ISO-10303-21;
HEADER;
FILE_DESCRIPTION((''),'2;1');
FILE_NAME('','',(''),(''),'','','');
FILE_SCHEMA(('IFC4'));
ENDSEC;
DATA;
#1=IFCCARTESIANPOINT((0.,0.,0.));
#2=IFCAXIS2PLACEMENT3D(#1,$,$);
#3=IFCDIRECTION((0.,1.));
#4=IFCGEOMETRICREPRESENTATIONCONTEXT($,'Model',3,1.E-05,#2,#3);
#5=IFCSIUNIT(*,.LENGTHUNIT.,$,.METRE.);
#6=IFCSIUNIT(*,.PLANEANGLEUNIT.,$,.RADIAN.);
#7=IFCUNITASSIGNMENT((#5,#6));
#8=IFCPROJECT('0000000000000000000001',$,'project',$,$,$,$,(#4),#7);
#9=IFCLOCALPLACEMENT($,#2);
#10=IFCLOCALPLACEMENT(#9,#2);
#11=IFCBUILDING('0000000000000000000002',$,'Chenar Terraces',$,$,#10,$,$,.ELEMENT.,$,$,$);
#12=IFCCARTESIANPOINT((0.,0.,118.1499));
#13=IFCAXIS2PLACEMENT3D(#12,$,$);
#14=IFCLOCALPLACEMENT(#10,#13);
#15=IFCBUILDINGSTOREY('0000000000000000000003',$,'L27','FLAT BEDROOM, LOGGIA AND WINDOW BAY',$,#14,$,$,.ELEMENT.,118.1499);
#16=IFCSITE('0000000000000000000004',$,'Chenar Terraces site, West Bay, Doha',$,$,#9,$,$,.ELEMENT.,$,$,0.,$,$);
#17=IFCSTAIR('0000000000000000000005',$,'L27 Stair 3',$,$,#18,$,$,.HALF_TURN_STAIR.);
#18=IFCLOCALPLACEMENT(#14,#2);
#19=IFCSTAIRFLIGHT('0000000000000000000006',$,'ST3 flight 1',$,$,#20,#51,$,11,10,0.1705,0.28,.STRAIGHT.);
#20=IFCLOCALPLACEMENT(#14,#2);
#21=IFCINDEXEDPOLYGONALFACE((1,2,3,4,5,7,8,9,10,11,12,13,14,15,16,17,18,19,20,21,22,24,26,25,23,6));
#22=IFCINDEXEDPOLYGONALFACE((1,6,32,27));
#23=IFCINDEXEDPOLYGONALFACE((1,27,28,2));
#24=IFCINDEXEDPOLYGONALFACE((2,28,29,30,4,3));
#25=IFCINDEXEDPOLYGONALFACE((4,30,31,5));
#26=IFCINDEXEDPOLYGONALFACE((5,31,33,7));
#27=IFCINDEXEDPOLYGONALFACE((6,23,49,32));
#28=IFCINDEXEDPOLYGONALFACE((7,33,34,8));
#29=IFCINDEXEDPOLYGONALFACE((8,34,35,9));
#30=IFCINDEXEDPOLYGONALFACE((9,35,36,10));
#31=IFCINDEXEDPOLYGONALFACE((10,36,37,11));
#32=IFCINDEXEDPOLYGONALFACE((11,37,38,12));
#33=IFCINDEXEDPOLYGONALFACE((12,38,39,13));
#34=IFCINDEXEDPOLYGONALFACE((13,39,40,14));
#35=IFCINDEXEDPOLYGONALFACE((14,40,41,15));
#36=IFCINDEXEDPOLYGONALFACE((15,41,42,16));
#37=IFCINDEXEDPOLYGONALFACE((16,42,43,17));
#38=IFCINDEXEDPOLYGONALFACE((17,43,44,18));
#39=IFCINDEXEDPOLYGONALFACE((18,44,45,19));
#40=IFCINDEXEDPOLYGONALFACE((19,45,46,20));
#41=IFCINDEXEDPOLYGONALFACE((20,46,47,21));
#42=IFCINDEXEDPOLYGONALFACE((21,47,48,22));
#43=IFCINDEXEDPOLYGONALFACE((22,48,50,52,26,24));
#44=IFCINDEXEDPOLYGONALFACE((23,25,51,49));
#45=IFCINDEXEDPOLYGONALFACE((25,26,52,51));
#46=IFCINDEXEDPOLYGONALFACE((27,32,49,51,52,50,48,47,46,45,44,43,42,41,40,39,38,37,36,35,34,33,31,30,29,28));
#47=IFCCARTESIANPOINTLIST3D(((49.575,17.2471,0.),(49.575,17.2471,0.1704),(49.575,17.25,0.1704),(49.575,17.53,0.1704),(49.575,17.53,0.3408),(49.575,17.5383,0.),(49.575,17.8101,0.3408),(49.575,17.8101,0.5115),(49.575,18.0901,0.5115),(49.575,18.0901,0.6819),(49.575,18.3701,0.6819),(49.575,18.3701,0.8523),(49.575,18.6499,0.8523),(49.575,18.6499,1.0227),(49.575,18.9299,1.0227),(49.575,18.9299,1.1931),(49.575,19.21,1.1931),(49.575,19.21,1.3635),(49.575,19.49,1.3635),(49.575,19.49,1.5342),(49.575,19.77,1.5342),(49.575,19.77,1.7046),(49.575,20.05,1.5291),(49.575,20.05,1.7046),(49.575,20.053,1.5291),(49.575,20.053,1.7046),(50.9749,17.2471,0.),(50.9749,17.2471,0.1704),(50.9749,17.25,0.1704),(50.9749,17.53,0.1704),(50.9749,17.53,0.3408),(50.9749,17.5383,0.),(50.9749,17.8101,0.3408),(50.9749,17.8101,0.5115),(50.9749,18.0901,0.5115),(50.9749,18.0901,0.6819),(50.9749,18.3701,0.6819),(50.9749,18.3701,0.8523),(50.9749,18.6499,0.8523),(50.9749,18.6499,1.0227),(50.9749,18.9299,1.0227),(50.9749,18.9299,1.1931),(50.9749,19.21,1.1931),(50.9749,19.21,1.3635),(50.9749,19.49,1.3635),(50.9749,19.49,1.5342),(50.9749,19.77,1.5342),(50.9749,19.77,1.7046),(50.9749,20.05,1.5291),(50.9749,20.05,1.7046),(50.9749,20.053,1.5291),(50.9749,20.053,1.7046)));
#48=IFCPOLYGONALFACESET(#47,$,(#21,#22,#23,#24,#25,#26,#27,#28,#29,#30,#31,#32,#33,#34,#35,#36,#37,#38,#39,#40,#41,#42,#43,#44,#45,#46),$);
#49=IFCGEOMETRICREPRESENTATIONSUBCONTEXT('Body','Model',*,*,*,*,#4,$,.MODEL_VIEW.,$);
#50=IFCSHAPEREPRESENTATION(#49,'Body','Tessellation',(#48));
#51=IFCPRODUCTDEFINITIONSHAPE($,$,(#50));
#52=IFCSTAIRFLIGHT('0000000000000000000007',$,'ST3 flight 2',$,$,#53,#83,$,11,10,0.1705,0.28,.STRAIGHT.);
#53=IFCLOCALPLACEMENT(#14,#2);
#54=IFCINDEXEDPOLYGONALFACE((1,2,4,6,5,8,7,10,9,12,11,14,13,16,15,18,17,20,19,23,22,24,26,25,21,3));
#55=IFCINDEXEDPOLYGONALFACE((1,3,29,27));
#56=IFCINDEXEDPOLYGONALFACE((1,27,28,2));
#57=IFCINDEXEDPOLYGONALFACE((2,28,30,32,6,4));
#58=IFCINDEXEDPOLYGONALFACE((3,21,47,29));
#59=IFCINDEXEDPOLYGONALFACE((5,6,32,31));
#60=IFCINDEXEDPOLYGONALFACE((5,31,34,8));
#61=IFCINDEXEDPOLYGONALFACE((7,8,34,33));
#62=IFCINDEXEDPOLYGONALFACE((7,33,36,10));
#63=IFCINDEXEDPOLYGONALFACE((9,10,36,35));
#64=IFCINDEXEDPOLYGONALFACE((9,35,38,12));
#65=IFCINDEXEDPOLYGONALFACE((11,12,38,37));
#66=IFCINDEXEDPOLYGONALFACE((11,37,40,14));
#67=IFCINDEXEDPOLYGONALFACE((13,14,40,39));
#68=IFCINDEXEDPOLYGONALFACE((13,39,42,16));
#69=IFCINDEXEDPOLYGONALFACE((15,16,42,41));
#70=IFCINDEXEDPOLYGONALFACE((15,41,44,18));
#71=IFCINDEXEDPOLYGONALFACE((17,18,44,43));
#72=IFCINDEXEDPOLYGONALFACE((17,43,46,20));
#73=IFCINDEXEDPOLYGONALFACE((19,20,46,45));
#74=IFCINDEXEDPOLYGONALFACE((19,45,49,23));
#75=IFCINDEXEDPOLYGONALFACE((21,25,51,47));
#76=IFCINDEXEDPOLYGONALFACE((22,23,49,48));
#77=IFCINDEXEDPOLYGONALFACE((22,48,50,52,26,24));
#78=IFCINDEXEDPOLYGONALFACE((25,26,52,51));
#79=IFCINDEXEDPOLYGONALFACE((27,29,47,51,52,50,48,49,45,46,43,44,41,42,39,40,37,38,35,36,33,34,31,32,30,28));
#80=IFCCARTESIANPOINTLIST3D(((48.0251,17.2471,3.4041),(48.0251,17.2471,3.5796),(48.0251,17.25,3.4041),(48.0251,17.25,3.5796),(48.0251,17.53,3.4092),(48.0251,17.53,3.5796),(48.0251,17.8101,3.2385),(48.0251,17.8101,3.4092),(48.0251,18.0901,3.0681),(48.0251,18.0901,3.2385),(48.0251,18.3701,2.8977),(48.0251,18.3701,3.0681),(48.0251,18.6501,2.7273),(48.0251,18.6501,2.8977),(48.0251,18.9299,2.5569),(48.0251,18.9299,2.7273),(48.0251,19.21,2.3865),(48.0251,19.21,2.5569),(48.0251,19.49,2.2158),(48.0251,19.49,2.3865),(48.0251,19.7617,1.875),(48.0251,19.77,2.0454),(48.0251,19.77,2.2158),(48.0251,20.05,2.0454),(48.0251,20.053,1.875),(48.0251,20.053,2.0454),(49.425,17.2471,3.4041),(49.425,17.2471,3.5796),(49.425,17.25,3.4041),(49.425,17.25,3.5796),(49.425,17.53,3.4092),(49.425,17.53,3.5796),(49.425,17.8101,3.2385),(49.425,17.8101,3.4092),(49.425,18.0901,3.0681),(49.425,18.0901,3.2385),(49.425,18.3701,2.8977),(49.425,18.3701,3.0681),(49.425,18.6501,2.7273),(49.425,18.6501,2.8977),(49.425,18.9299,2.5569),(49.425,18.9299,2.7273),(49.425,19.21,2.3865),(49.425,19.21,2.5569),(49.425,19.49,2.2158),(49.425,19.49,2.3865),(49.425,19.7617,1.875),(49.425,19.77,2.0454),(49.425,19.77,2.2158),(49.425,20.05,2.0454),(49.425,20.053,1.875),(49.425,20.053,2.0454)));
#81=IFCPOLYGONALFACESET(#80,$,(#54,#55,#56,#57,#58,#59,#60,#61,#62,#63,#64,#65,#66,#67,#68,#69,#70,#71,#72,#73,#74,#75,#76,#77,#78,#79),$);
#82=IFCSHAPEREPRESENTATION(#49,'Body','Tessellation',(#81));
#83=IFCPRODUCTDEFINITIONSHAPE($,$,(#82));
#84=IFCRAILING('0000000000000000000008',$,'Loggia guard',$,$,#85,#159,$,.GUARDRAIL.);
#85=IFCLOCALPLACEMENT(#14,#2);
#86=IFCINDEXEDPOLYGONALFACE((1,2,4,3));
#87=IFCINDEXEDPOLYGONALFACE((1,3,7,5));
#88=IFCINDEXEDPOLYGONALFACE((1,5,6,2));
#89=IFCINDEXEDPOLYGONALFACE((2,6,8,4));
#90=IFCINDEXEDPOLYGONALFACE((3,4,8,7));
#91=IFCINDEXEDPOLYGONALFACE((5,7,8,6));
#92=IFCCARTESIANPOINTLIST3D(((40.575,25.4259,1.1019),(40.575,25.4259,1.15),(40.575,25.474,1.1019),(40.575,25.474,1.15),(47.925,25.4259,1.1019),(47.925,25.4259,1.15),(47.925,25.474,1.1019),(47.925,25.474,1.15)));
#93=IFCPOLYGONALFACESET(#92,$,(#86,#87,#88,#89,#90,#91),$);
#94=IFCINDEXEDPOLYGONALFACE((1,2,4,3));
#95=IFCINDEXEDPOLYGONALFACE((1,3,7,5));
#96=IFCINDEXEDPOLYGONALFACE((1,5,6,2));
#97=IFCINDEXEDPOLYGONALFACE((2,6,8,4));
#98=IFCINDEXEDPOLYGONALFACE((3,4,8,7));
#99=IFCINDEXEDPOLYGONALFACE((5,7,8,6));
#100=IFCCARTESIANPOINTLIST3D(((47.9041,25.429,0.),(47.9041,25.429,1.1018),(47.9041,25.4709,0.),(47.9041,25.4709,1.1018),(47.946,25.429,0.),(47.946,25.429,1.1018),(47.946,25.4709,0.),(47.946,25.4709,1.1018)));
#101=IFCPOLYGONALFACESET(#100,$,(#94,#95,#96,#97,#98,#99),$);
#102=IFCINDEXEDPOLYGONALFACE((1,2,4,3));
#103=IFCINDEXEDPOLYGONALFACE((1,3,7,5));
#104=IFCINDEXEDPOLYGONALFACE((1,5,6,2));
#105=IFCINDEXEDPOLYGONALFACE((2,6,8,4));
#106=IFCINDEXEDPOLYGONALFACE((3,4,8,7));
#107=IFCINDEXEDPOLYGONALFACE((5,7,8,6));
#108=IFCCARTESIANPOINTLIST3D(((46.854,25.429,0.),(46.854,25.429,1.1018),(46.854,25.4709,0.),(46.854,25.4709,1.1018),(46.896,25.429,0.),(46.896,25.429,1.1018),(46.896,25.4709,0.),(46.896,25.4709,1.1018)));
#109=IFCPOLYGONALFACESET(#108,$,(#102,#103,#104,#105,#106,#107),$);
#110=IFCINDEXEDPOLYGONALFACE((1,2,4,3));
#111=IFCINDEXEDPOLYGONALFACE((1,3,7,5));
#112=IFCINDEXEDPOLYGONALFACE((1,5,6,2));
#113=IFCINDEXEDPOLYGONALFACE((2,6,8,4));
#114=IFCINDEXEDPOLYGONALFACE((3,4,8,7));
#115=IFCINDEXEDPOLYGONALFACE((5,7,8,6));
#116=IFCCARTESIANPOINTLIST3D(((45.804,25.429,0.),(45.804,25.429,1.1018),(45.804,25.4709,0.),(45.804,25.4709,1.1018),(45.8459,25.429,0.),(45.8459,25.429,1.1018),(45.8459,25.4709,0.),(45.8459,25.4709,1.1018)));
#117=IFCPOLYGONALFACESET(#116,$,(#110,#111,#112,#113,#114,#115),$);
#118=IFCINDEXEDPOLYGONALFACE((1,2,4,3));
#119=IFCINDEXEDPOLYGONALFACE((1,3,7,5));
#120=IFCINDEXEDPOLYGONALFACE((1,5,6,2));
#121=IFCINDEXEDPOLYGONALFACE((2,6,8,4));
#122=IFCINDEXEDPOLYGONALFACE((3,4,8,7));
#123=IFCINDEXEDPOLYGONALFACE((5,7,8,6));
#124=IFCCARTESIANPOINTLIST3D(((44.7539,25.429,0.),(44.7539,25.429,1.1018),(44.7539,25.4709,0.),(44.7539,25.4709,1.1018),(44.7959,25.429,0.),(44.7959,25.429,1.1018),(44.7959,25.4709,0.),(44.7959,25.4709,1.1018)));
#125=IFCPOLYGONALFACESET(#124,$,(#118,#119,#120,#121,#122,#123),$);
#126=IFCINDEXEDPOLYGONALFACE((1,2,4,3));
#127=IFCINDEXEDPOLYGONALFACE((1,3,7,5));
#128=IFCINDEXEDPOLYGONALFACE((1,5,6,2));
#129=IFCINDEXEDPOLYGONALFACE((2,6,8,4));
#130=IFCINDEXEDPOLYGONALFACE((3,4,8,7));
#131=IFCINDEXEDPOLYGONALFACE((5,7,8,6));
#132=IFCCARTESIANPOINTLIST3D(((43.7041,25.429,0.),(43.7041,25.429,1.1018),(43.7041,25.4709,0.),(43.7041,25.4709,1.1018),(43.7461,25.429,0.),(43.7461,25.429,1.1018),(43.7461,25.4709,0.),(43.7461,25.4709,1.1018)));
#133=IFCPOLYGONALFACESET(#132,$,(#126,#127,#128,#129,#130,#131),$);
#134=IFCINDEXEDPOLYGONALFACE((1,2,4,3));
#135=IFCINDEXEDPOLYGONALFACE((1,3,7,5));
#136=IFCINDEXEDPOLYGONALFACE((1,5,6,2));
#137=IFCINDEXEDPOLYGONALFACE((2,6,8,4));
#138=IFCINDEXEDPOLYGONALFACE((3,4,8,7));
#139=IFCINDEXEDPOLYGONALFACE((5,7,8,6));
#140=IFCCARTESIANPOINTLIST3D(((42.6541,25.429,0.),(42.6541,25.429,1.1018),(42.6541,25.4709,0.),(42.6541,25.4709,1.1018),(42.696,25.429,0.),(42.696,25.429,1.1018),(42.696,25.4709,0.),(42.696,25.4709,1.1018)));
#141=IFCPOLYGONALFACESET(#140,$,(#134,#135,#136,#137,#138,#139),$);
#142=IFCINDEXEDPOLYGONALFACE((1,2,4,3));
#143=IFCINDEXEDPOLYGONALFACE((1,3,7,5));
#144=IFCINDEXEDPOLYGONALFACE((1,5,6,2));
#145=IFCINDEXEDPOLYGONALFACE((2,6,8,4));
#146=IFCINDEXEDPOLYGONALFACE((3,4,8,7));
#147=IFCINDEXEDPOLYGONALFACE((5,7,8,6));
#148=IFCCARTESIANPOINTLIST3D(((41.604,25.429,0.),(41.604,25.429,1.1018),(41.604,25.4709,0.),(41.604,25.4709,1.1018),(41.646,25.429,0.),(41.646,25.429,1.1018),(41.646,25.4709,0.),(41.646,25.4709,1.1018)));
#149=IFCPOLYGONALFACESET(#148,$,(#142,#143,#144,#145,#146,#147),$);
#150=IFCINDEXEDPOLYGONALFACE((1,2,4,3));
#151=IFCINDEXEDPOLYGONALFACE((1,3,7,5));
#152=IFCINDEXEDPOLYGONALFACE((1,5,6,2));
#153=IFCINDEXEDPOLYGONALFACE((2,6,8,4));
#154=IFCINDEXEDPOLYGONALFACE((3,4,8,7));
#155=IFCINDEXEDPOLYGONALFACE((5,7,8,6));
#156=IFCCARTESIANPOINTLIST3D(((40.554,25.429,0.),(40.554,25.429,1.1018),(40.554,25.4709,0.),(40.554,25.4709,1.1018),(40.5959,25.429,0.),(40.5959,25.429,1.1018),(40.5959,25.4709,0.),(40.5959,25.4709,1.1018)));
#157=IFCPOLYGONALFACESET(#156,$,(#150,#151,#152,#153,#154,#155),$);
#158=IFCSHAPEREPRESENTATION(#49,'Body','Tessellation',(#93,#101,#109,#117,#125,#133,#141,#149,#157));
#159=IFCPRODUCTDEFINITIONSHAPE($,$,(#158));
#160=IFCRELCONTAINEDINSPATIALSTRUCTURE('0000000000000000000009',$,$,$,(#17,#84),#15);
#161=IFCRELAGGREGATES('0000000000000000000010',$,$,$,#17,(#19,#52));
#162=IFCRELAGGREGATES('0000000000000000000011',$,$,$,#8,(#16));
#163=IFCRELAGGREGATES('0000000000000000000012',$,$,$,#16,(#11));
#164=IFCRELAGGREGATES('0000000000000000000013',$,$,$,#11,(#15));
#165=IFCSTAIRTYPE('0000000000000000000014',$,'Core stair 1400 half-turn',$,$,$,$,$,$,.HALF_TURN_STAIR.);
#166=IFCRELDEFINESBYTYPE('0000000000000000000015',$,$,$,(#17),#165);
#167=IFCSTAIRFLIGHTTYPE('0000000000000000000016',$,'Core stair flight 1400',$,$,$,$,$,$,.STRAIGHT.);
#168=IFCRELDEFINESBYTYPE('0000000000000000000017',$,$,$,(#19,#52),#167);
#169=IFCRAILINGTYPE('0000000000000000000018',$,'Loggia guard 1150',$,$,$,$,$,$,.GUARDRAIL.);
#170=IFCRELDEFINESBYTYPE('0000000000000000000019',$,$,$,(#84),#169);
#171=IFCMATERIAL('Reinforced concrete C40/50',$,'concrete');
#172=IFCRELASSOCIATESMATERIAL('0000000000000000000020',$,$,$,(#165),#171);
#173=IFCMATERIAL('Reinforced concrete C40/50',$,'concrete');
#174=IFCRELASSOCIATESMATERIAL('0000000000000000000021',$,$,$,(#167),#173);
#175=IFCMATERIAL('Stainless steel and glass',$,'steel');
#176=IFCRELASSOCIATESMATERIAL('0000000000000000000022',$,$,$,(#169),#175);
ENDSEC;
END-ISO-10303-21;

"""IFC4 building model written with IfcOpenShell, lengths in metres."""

from ifc_helpers import new_model, si_unit, direction, frame, origin, origin_2d, place, context, subcontext, project, spatial, polyline, rectangle, outline, extrude, material, type_object, element, aggregate, save


model = new_model("IFC4")

# Units and contexts
model_context = context("Model", 3, precision=1e-05, world=origin(), true_north=direction((0.0, 1.0)))
body_context = subcontext(model_context, "Body", "Model", "MODEL_VIEW")
ifc_project = project(units=[si_unit("LENGTHUNIT", "METRE"), si_unit("PLANEANGLEUNIT", "RADIAN")], contexts=[model_context])

# Site, building, storey
site_placement = place(None, origin())
site = spatial("IfcSite", under=ifc_project, at=site_placement, Name="Chenar Terraces site, West Bay, Doha", CompositionType="ELEMENT", RefElevation=0.0)
building_placement = place(site_placement, origin())
building = spatial("IfcBuilding", under=site, at=building_placement, Name="Chenar Terraces", CompositionType="ELEMENT")
storey_placement = place(building_placement, frame((0.0, 0.0, 118.1499)))
storey = spatial("IfcBuildingStorey", under=building, at=storey_placement, Name="L27", Description="FLAT BEDROOM, LOGGIA AND WINDOW BAY", CompositionType="ELEMENT", Elevation=118.1499)

# Stair, stair flights
ifc_material_1 = material(Name="Reinforced concrete C40/50", Category="concrete")
stair_type = type_object("IfcStairType", Name="Core stair 1400 half-turn", PredefinedType="HALF_TURN_STAIR", material=ifc_material_1)
stair_placement = place(storey_placement, origin())
stair = element("IfcStair", 1, at=stair_placement, inside=storey, type_object=stair_type, Name="L27 Stair 3", PredefinedType="HALF_TURN_STAIR")
ifc_material_2 = material(Name="Reinforced concrete C40/50", Category="concrete")
stair_flight_type = type_object("IfcStairFlightType", Name="Core stair flight 1400", PredefinedType="STRAIGHT", material=ifc_material_2)
stair_flight_1_placement = place(storey_placement, frame((50.2749, 17.25, 0.0), z_axis=(0.0, 0.0, 1.0), x_axis=(0.0, 1.0, 0.0)))
stair_flight_1 = element("IfcStairFlight", 2, at=stair_flight_1_placement, type_object=stair_flight_type, Name="ST3 flight 1", NumberOfRisers=11, NumberOfTreads=10, PredefinedType="STRAIGHT", RiserHeight=0.1705, TreadLength=0.28, context=body_context, shape_type="SweptSolid", body=[
    extrude(outline(polyline([(-0.0029, 0.0), (-0.0029, 0.1704), (0.0, 0.1704), (0.28, 0.1704), (0.28, 0.3408), (0.5601, 0.3408), (0.5601, 0.5115), (0.8401, 0.5115), (0.8401, 0.6819), (1.1201, 0.6819), (1.1201, 0.8523), (1.3999, 0.8523), (1.3999, 1.0227), (1.6799, 1.0227), (1.6799, 1.1931), (1.96, 1.1931), (1.96, 1.3635), (2.24, 1.3635), (2.24, 1.5342), (2.52, 1.5342), (2.52, 1.7046), (2.8, 1.7046), (2.803, 1.7046), (2.803, 1.5291), (2.8, 1.5291), (0.2883, 0.0), (-0.0029, 0.0)])), frame((0.0, 0.7, 0.0), z_axis=(0.0, -1.0, 0.0), x_axis=(1.0, 0.0, 0.0)), (0.0, 0.0, 1.0), 1.3999),
])
stair_flight_2_placement = place(storey_placement, frame((48.7251, 20.05, 1.875), z_axis=(0.0, 0.0, 1.0), x_axis=(0.0, -1.0, 0.0)))
stair_flight_2 = element("IfcStairFlight", 3, at=stair_flight_2_placement, type_object=stair_flight_type, Name="ST3 flight 2", NumberOfRisers=11, NumberOfTreads=10, PredefinedType="STRAIGHT", RiserHeight=0.1705, TreadLength=0.28, context=body_context, shape_type="SweptSolid", body=[
    extrude(outline(polyline([(-0.0029, 0.0), (-0.0029, 0.1704), (0.0, 0.1704), (0.28, 0.1704), (0.28, 0.3408), (0.5601, 0.3408), (0.5601, 0.5115), (0.8401, 0.5115), (0.8401, 0.6819), (1.1201, 0.6819), (1.1201, 0.8523), (1.3999, 0.8523), (1.3999, 1.0227), (1.6799, 1.0227), (1.6799, 1.1931), (1.96, 1.1931), (1.96, 1.3635), (2.24, 1.3635), (2.24, 1.5342), (2.52, 1.5342), (2.52, 1.7046), (2.8, 1.7046), (2.803, 1.7046), (2.803, 1.5291), (2.8, 1.5291), (0.2883, 0.0), (-0.0029, 0.0)])), frame((0.0, 0.7, 0.0), z_axis=(0.0, -1.0, 0.0), x_axis=(1.0, 0.0, 0.0)), (0.0, 0.0, 1.0), 1.3999),
])
aggregate(stair, [stair_flight_1, stair_flight_2])

# Railing
ifc_material_3 = material(Name="Stainless steel and glass", Category="steel")
railing_type_1 = type_object("IfcRailingType", Name="Loggia guard 1150", PredefinedType="GUARDRAIL", material=ifc_material_3)
railing_1_placement = place(storey_placement, frame((47.925, 25.45, 0.0)))
element("IfcRailing", 4, at=railing_1_placement, inside=storey, type_object=railing_type_1, Name="Loggia guard", PredefinedType="GUARDRAIL", context=body_context, shape_type="SweptSolid", body=[
    extrude(rectangle(XDim=0.0481, YDim=0.0481, at=origin_2d()), frame((0.0, 0.0, 1.126), z_axis=(-1.0, 0.0, 0.0), x_axis=(0.0, -1.0, 0.0)), (0.0, 0.0, 1.0), 7.3501),
    extrude(rectangle(XDim=0.042, YDim=0.042, at=origin_2d()), origin(), (0.0, 0.0, 1.0), 1.1018),
    extrude(rectangle(XDim=0.042, YDim=0.042, at=origin_2d()), frame((-1.05, 0.0, 0.0)), (0.0, 0.0, 1.0), 1.1018),
    extrude(rectangle(XDim=0.042, YDim=0.042, at=origin_2d()), frame((-2.1001, 0.0, 0.0)), (0.0, 0.0, 1.0), 1.1018),
    extrude(rectangle(XDim=0.042, YDim=0.042, at=origin_2d()), frame((-3.1501, 0.0, 0.0)), (0.0, 0.0, 1.0), 1.1018),
    extrude(rectangle(XDim=0.042, YDim=0.042, at=origin_2d()), frame((-4.2, 0.0, 0.0)), (0.0, 0.0, 1.0), 1.1018),
    extrude(rectangle(XDim=0.042, YDim=0.042, at=origin_2d()), frame((-5.25, 0.0, 0.0)), (0.0, 0.0, 1.0), 1.1018),
    extrude(rectangle(XDim=0.042, YDim=0.042, at=origin_2d()), frame((-6.3, 0.0, 0.0)), (0.0, 0.0, 1.0), 1.1018),
    extrude(rectangle(XDim=0.042, YDim=0.042, at=origin_2d()), frame((-7.3501, 0.0, 0.0)), (0.0, 0.0, 1.0), 1.1018),
])

save(model, "model.ifc")
